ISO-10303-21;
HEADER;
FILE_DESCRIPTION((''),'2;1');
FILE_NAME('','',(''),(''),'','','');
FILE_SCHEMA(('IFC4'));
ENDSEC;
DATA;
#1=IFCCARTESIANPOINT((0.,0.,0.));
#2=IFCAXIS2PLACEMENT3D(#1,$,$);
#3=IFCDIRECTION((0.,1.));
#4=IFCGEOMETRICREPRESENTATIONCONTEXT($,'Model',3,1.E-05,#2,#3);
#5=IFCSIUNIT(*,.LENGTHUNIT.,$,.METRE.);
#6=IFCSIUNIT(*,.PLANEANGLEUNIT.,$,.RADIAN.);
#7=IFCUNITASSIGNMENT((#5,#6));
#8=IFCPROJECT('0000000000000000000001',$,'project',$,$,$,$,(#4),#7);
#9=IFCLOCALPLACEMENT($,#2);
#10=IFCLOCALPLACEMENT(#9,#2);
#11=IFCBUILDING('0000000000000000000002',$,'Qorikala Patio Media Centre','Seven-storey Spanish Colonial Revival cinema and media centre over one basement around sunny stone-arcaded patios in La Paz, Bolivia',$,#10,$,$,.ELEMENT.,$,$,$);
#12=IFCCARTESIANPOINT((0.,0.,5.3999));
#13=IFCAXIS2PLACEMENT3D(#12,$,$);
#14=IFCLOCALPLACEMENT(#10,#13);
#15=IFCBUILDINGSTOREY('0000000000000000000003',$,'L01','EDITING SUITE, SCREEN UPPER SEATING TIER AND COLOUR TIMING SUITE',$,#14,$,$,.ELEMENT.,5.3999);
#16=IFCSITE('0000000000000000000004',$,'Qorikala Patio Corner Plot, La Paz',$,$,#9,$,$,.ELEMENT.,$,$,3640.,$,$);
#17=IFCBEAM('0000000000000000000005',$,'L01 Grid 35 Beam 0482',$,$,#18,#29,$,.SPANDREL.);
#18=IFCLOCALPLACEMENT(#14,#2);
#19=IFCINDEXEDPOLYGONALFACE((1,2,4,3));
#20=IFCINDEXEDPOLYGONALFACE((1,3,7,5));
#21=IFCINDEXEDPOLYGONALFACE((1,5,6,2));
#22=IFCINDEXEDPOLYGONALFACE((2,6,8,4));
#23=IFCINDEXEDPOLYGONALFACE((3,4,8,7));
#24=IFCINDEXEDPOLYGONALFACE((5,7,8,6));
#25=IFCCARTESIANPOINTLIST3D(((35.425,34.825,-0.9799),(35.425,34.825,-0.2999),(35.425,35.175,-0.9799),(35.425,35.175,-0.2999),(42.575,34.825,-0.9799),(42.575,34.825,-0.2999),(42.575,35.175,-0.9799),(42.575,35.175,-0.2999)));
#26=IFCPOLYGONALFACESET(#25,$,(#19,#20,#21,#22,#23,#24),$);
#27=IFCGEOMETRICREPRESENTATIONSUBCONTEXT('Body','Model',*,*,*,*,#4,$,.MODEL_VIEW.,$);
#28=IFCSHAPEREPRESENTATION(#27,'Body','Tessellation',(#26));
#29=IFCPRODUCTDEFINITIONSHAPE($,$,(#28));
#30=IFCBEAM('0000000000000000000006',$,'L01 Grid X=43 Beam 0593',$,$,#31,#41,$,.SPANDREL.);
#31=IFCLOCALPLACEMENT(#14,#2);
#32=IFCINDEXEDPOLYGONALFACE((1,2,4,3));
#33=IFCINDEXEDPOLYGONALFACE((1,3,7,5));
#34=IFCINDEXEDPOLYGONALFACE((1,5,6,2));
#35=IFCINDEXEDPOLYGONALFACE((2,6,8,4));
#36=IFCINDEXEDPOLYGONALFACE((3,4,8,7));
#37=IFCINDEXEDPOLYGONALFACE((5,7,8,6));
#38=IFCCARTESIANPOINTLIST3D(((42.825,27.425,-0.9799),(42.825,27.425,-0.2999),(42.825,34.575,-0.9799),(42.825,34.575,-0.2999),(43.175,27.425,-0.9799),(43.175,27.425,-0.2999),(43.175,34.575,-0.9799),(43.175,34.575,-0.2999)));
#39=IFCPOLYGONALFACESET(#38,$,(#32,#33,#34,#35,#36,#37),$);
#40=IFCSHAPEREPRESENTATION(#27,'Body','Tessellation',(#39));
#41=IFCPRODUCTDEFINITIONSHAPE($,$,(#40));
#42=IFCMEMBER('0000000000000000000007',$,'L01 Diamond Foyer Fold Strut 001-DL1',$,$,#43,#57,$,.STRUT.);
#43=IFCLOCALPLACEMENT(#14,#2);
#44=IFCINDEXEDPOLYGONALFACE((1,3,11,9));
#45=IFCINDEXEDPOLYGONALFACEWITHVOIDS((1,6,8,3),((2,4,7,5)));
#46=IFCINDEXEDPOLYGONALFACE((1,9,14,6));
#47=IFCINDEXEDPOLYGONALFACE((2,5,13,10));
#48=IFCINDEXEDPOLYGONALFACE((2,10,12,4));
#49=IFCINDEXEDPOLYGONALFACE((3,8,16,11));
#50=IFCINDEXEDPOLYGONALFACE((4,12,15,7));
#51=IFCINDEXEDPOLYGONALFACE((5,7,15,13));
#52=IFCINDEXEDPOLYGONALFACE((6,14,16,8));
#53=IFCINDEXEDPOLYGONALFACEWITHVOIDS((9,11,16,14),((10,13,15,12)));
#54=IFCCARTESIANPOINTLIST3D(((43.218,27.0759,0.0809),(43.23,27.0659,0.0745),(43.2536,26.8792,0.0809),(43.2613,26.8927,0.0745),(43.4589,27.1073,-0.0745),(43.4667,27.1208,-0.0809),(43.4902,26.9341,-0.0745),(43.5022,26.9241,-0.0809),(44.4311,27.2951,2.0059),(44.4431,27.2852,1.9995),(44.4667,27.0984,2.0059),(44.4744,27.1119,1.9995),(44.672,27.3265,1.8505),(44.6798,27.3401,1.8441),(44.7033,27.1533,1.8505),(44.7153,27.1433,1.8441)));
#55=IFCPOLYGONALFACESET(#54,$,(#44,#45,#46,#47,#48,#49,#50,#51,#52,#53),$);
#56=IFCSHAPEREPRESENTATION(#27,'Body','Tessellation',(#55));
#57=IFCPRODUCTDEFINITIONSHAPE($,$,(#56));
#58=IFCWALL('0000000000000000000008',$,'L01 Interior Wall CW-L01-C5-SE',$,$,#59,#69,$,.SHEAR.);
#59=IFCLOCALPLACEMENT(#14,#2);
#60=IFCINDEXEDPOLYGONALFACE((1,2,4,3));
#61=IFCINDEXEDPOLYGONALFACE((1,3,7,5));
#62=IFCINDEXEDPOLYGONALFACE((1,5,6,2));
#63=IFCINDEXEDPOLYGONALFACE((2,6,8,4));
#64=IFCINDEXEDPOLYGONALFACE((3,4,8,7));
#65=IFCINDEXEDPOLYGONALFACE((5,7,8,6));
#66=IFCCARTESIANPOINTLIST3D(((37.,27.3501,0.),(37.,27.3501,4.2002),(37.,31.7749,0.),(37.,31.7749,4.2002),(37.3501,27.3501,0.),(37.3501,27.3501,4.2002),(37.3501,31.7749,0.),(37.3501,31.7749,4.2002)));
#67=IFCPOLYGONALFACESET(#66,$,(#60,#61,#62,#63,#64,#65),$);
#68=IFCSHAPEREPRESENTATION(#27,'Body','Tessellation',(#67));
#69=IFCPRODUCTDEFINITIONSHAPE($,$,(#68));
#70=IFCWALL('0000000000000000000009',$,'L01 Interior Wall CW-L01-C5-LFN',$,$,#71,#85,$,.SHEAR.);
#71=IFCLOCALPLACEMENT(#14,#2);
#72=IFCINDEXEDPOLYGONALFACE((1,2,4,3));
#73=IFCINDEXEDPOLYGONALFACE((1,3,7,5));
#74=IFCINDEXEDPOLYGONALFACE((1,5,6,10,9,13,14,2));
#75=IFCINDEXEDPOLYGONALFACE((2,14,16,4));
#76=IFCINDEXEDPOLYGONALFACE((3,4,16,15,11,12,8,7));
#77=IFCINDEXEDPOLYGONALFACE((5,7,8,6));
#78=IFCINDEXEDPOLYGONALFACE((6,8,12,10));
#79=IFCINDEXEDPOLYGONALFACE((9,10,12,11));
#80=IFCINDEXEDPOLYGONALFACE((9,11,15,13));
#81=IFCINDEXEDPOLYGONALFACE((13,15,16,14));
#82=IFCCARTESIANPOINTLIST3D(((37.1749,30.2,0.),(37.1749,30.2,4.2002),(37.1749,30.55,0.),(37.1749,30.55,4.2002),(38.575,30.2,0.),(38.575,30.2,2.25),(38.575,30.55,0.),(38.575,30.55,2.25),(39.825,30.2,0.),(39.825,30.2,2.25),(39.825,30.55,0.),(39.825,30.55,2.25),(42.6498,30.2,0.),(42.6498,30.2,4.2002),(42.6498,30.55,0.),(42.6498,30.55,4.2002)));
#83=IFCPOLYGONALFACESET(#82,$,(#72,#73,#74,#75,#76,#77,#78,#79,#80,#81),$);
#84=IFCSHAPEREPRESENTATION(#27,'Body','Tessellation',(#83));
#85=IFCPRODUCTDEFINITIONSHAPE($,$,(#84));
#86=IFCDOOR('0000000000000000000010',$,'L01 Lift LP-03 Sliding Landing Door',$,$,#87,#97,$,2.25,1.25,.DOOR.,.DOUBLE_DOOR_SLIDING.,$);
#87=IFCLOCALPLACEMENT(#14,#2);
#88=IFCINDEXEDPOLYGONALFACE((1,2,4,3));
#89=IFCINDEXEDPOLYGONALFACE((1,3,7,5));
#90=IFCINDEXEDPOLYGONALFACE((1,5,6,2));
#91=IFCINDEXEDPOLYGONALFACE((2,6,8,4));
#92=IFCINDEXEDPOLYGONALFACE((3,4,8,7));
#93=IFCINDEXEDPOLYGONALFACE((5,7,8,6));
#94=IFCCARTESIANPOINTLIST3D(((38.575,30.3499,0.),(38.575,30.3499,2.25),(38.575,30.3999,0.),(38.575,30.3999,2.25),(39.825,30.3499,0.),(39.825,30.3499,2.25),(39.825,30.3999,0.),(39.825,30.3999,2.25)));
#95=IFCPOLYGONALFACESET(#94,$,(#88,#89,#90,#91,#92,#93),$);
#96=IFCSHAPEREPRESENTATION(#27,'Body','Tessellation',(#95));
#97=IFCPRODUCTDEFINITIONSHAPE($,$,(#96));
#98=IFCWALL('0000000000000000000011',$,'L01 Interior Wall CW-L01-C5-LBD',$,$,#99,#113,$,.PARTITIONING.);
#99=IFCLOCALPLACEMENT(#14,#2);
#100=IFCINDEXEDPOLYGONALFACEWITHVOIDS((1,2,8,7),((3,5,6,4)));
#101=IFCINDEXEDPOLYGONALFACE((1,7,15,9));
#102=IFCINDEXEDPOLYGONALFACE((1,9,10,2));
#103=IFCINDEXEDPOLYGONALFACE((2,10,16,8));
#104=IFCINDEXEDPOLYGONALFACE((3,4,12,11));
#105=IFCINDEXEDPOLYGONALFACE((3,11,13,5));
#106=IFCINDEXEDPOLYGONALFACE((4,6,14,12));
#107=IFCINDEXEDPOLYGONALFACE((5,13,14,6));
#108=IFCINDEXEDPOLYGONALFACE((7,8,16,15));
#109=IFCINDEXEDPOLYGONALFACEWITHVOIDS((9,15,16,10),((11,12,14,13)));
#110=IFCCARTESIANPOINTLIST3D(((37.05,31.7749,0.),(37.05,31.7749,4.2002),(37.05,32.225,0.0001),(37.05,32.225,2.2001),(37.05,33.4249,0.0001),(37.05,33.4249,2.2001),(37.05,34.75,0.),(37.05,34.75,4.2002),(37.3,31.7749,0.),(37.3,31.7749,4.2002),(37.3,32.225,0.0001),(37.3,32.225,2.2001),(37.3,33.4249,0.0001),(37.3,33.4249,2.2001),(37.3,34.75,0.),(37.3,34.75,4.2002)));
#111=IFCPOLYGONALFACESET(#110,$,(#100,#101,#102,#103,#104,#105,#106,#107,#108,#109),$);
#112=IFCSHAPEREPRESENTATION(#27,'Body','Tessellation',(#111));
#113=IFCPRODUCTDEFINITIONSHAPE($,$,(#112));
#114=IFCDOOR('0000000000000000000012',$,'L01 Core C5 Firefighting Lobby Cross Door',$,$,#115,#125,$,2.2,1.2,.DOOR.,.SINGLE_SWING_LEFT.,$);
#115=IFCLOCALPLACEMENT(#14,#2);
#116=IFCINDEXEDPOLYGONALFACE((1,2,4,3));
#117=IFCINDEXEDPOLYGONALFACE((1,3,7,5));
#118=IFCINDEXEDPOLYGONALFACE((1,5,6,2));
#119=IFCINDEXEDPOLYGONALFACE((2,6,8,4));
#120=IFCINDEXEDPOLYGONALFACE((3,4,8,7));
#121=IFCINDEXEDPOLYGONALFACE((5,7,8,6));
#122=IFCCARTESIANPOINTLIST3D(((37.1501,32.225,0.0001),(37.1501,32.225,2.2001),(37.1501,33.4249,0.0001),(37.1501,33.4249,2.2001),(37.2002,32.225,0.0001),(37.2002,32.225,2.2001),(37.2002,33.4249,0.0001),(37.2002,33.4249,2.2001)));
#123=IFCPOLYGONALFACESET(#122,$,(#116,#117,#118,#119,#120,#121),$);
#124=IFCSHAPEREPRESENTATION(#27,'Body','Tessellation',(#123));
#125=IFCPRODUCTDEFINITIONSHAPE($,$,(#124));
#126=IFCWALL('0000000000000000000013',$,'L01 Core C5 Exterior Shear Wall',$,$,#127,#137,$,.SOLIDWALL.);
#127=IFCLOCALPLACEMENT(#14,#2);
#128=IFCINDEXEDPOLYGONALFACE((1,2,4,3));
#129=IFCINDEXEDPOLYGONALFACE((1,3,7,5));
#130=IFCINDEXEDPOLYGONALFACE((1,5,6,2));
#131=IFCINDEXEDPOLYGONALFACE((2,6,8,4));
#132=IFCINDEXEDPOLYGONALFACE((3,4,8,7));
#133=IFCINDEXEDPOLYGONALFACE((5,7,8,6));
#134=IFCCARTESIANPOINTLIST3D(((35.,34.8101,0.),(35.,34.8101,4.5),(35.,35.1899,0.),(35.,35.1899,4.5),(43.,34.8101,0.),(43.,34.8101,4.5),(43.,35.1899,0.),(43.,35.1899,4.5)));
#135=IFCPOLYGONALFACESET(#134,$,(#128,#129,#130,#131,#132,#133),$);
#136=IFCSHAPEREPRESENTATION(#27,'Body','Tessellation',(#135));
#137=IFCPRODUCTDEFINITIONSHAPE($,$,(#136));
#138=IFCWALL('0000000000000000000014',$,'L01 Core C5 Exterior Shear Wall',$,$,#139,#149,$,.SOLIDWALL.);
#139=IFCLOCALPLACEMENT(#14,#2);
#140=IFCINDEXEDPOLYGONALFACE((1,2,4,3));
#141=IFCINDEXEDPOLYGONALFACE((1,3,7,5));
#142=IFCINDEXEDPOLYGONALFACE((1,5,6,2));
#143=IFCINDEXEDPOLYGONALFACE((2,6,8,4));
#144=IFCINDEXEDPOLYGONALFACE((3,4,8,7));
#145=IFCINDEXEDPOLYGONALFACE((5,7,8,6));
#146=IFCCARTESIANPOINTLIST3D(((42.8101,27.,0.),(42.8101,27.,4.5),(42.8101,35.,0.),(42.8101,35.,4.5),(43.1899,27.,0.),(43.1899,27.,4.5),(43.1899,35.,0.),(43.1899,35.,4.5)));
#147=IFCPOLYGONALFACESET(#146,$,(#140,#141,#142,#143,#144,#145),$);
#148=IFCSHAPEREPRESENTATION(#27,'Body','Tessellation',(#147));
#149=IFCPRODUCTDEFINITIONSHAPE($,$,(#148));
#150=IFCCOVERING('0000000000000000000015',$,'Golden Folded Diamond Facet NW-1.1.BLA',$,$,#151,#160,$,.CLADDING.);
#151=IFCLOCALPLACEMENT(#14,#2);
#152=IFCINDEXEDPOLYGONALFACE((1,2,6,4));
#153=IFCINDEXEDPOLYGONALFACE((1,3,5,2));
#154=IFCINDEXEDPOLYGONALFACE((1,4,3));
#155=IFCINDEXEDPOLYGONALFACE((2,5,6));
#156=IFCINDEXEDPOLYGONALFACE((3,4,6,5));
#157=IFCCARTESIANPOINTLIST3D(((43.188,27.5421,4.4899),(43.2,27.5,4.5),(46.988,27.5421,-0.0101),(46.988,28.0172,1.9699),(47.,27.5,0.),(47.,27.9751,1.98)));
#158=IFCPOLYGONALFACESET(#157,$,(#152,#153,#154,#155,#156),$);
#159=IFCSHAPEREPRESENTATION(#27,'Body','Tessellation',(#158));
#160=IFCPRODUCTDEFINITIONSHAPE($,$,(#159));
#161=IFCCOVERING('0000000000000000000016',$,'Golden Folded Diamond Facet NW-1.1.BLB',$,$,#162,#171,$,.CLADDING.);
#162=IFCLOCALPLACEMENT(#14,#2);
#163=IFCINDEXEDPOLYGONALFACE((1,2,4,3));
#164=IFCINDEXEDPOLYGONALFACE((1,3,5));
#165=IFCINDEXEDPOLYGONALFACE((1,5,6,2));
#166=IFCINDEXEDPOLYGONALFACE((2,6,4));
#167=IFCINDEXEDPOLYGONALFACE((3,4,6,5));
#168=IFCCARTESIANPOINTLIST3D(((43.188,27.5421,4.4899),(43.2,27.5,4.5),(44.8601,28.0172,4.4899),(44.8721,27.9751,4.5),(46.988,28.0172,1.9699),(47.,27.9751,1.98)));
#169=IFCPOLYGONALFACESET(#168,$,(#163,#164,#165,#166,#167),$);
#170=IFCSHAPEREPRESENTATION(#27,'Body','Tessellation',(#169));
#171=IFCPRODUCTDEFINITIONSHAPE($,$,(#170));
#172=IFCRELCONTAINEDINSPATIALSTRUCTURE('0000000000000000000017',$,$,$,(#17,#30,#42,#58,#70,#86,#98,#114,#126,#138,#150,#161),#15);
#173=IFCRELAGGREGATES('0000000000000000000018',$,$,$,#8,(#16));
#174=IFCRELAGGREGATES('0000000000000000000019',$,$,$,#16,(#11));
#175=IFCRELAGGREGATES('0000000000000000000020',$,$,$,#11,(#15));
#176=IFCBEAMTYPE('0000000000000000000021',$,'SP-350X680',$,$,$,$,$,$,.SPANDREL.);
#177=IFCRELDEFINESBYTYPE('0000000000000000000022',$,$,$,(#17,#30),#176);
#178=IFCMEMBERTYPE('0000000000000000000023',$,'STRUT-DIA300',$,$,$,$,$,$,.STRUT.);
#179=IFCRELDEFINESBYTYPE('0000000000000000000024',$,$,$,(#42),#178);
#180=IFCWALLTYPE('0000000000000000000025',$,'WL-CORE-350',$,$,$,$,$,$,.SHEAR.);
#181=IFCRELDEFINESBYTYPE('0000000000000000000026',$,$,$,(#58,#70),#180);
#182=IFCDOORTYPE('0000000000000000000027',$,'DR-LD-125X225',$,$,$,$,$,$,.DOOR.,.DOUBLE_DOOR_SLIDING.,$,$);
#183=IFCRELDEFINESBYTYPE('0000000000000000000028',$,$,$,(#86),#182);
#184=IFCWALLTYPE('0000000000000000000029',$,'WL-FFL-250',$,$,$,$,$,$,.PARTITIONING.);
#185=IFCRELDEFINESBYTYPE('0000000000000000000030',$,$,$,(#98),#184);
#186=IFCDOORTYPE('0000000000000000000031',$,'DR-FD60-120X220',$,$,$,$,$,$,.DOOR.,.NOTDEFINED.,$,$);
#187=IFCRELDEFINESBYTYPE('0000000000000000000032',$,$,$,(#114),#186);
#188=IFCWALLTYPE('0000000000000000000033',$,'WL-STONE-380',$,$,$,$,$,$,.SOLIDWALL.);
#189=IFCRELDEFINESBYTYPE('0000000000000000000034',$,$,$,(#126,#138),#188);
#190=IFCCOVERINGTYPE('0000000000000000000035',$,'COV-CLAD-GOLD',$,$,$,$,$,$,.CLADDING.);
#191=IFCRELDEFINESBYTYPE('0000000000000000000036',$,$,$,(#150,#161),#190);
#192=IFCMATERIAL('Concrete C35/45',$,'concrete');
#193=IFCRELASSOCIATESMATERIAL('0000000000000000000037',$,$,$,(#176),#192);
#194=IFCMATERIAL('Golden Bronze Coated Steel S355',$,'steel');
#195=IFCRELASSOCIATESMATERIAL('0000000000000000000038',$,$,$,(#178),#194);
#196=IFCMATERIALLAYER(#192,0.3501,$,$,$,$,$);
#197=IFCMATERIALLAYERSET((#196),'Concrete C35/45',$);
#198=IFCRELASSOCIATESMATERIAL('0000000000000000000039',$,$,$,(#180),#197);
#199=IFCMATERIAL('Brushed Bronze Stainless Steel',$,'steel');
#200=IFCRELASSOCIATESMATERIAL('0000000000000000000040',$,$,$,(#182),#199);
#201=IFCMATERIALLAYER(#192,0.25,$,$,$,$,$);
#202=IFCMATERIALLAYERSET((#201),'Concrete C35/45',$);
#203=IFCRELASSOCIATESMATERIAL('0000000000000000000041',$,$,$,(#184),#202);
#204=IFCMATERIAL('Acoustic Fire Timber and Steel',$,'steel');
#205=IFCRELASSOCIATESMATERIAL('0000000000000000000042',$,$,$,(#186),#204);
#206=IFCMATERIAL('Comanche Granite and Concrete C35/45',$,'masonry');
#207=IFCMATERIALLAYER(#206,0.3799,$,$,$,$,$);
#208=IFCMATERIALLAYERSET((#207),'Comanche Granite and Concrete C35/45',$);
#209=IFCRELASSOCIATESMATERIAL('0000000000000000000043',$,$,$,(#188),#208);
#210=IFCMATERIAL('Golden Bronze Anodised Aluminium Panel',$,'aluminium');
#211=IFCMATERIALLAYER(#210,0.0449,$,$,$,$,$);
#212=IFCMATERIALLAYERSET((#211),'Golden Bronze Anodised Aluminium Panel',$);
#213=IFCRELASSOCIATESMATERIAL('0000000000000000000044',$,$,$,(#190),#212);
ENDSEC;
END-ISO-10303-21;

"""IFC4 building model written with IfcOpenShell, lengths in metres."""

from ifc_helpers import new_model, si_unit, direction, frame, frame_2d, origin, origin_2d, place, context, subcontext, project, spatial, polyline, rectangle, hollow_rectangle, outline, extrude, material, layer, layer_set, material_profile, profile_set, type_object, element, fill, save


model = new_model("IFC4")

# Units and contexts
model_context = context("Model", 3, precision=1e-05, world=origin(), true_north=direction((0.0, 1.0)))
body_context = subcontext(model_context, "Body", "Model", "MODEL_VIEW")
ifc_project = project(units=[si_unit("LENGTHUNIT", "METRE"), si_unit("PLANEANGLEUNIT", "RADIAN")], contexts=[model_context])

# Site, building, storey
site_placement = place(None, origin())
site = spatial("IfcSite", under=ifc_project, at=site_placement, Name="Qorikala Patio Corner Plot, La Paz", CompositionType="ELEMENT", RefElevation=3640.0)
building_placement = place(site_placement, origin())
building = spatial("IfcBuilding", under=site, at=building_placement, Name="Qorikala Patio Media Centre", Description="Seven-storey Spanish Colonial Revival cinema and media centre over one basement around sunny stone-arcaded patios in La Paz, Bolivia", CompositionType="ELEMENT")
storey_placement = place(building_placement, frame((0.0, 0.0, 5.3999)))
storey = spatial("IfcBuildingStorey", under=building, at=storey_placement, Name="L01", Description="EDITING SUITE, SCREEN UPPER SEATING TIER AND COLOUR TIMING SUITE", CompositionType="ELEMENT", Elevation=5.3999)

# Shared definitions
ifc_material_1 = material(Name="Concrete C35/45", Category="concrete")

# Shared definitions
ifc_material_2 = material(Name="Golden Bronze Coated Steel S355", Category="steel")

# Beams
ifc_material_profile_1 = material_profile(ifc_material_1, rectangle(XDim=0.3501, YDim=0.6799, at=origin_2d()), Name="RC 350x680")
ifc_profile_set_1 = profile_set([ifc_material_profile_1], Name="Concrete C35/45")
beam_type_1 = type_object("IfcBeamType", Name="SP-350X680", PredefinedType="SPANDREL", material=ifc_profile_set_1)
for number, where, z_axis, x_axis, name in (
    (1, (35.425, 35.0, -0.6399), (1.0, 0.0, 0.0), (0.0, 1.0, 0.0), "L01 Grid 35 Beam 0482"),
    (2, (43.0, 27.425, -0.6399), (0.0, 1.0, 0.0), (-1.0, 0.0, 0.0), "L01 Grid X=43 Beam 0593"),
):
    element("IfcBeam", number, at=place(storey_placement, frame(where, z_axis=z_axis, x_axis=x_axis)), inside=storey, type_object=beam_type_1, Name=name, PredefinedType="SPANDREL", context=body_context, shape_type="SweptSolid", body=[
        extrude(rectangle(XDim=0.3501, YDim=0.6799, at=origin_2d()), origin(), (0.0, 0.0, 1.0), 7.1499),
    ])

# Member
ifc_material_profile_2 = material_profile(ifc_material_2, hollow_rectangle(XDim=0.2, YDim=0.3, WallThickness=0.012, at=origin_2d()), Name="HSS300X200X12")
ifc_profile_set_2 = profile_set([ifc_material_profile_2], Name="Golden Bronze Coated Steel S355")
member_type_1 = type_object("IfcMemberType", Name="STRUT-DIA300", PredefinedType="STRUT", material=ifc_profile_set_2)
member_1_placement = place(storey_placement, frame((43.3601, 27.0, 0.0), z_axis=(0.530691, 0.095907, 0.842121), x_axis=(-0.17784, 0.984059, 0.0)))
element("IfcMember", 3, at=member_1_placement, inside=storey, type_object=member_type_1, Name="L01 Diamond Foyer Fold Strut 001-DL1", PredefinedType="STRUT", context=body_context, shape_type="SweptSolid", body=[
    extrude(hollow_rectangle(XDim=0.2, YDim=0.3, WallThickness=0.012, at=origin_2d()), origin(), (0.0, 0.0, 1.0), 2.2859),
])

# Wall
ifc_layer_1 = layer(ifc_material_1, 0.3501)
ifc_layer_set_1 = layer_set([ifc_layer_1], Name="Concrete C35/45")
wall_type_1 = type_object("IfcWallType", Name="WL-CORE-350", PredefinedType="SHEAR", material=ifc_layer_set_1)
wall_1_placement = place(storey_placement, frame((37.175, 27.3501, 0.0), z_axis=(0.0, 0.0, 1.0), x_axis=(0.0, 1.0, 0.0)))
element("IfcWall", 4, at=wall_1_placement, inside=storey, type_object=wall_type_1, Name="L01 Interior Wall CW-L01-C5-SE", PredefinedType="SHEAR", context=body_context, shape_type="SweptSolid", body=[
    extrude(rectangle(XDim=4.4248, YDim=0.3501, at=frame_2d((2.2124, 0.0))), origin(), (0.0, 0.0, 1.0), 4.2002),
])

# Walls, openings, doors
wall_2_placement = place(storey_placement, frame((37.175, 30.375, 0.0), z_axis=(0.0, 0.0, 1.0), x_axis=(1.0, 0.0, 0.0)))
wall_2 = element("IfcWall", 5, at=wall_2_placement, inside=storey, type_object=wall_type_1, Name="L01 Interior Wall CW-L01-C5-LFN", PredefinedType="SHEAR", context=body_context, shape_type="SweptSolid", body=[
    extrude(rectangle(XDim=5.4749, YDim=0.3501, at=frame_2d((2.7373, 0.0))), origin(), (0.0, 0.0, 1.0), 4.2002),
])
opening_1_placement = place(wall_2_placement, frame((1.3999, 0.0, 0.0)))
opening_1 = element("IfcOpeningElement", 6, at=opening_1_placement, cuts=wall_2, PredefinedType="OPENING", context=body_context, shape_type="SweptSolid", body=[
    extrude(rectangle(XDim=1.25, YDim=2.25, at=frame_2d((0.625, 1.125))), frame((0.0, 0.1851, 0.0), z_axis=(0.0, -1.0, 0.0), x_axis=(1.0, 0.0, 0.0)), (0.0, 0.0, 1.0), 0.3701),
])
ifc_material_3 = material(Name="Brushed Bronze Stainless Steel", Category="steel")
door_type_1 = type_object("IfcDoorType", Name="DR-LD-125X225", OperationType="DOUBLE_DOOR_SLIDING", PredefinedType="DOOR", material=ifc_material_3)
door_1_placement = place(opening_1_placement, origin())
door_1 = element("IfcDoor", 7, at=door_1_placement, inside=storey, type_object=door_type_1, Name="L01 Lift LP-03 Sliding Landing Door", OperationType="DOUBLE_DOOR_SLIDING", OverallHeight=2.25, OverallWidth=1.25, PredefinedType="DOOR", context=body_context, shape_type="SweptSolid", body=[
    extrude(rectangle(XDim=1.25, YDim=2.25, at=frame_2d((0.625, 1.125))), frame((0.0, 0.0249, 0.0), z_axis=(0.0, -1.0, 0.0), x_axis=(1.0, 0.0, 0.0)), (0.0, 0.0, 1.0), 0.05),
])
fill(opening_1, door_1)
ifc_layer_2 = layer(ifc_material_1, 0.25)
ifc_layer_set_2 = layer_set([ifc_layer_2], Name="Concrete C35/45")
wall_type_2 = type_object("IfcWallType", Name="WL-FFL-250", PredefinedType="PARTITIONING", material=ifc_layer_set_2)
wall_3_placement = place(storey_placement, frame((37.175, 31.7749, 0.0), z_axis=(0.0, 0.0, 1.0), x_axis=(0.0, 1.0, 0.0)))
wall_3 = element("IfcWall", 8, at=wall_3_placement, inside=storey, type_object=wall_type_2, Name="L01 Interior Wall CW-L01-C5-LBD", PredefinedType="PARTITIONING", context=body_context, shape_type="SweptSolid", body=[
    extrude(rectangle(XDim=2.9751, YDim=0.25, at=frame_2d((1.4875, 0.0))), origin(), (0.0, 0.0, 1.0), 4.2002),
])
opening_2_placement = place(wall_3_placement, frame((0.45, 0.0, 0.0)))
opening_2 = element("IfcOpeningElement", 9, at=opening_2_placement, cuts=wall_3, PredefinedType="OPENING", context=body_context, shape_type="SweptSolid", body=[
    extrude(rectangle(XDim=1.2, YDim=2.2, at=frame_2d((0.6001, 1.1001))), frame((0.0, 0.135, 0.0), z_axis=(0.0, -1.0, 0.0), x_axis=(1.0, 0.0, 0.0)), (0.0, 0.0, 1.0), 0.27),
])
ifc_material_4 = material(Name="Acoustic Fire Timber and Steel", Category="steel")
door_type_2 = type_object("IfcDoorType", Name="DR-FD60-120X220", OperationType="NOTDEFINED", PredefinedType="DOOR", material=ifc_material_4)
door_2_placement = place(opening_2_placement, origin())
door_2 = element("IfcDoor", 10, at=door_2_placement, inside=storey, type_object=door_type_2, Name="L01 Core C5 Firefighting Lobby Cross Door", OperationType="SINGLE_SWING_LEFT", OverallHeight=2.2, OverallWidth=1.2, PredefinedType="DOOR", context=body_context, shape_type="SweptSolid", body=[
    extrude(rectangle(XDim=1.2, YDim=2.2, at=frame_2d((0.6001, 1.1001))), frame((0.0, 0.0249, 0.0), z_axis=(0.0, -1.0, 0.0), x_axis=(1.0, 0.0, 0.0)), (0.0, 0.0, 1.0), 0.05),
])
fill(opening_2, door_2)

# Walls
ifc_material_5 = material(Name="Comanche Granite and Concrete C35/45", Category="masonry")
ifc_layer_3 = layer(ifc_material_5, 0.3799)
ifc_layer_set_3 = layer_set([ifc_layer_3], Name="Comanche Granite and Concrete C35/45")
wall_type_3 = type_object("IfcWallType", Name="WL-STONE-380", PredefinedType="SOLIDWALL", material=ifc_layer_set_3)
for number, where, z_axis, x_axis, name in (
    (11, (35.0, 35.0, 0.0), (0.0, 0.0, 1.0), (1.0, 0.0, 0.0), "L01 Core C5 Exterior Shear Wall"),
    (12, (43.0, 35.0, 0.0), (0.0, 0.0, 1.0), (0.0, -1.0, 0.0), "L01 Core C5 Exterior Shear Wall"),
):
    element("IfcWall", number, at=place(storey_placement, frame(where, z_axis=z_axis, x_axis=x_axis)), inside=storey, type_object=wall_type_3, Name=name, PredefinedType="SOLIDWALL", context=body_context, shape_type="SweptSolid", body=[
        extrude(rectangle(XDim=8.0, YDim=0.3799, at=frame_2d((4.0, 0.0))), origin(), (0.0, 0.0, 1.0), 4.5),
    ])

# Coverings
ifc_material_6 = material(Name="Golden Bronze Anodised Aluminium Panel", Category="aluminium")
ifc_layer_4 = layer(ifc_material_6, 0.0449)
ifc_layer_set_4 = layer_set([ifc_layer_4], Name="Golden Bronze Anodised Aluminium Panel")
covering_type = type_object("IfcCoveringType", Name="COV-CLAD-GOLD", PredefinedType="CLADDING", material=ifc_layer_set_4)
covering_1_placement = place(storey_placement, frame((43.2, 27.5, 4.5), z_axis=(0.266326, -0.937278, 0.224901), x_axis=(0.645186, 0.0, -0.764026)))
element("IfcCovering", 13, at=covering_1_placement, inside=storey, type_object=covering_type, Name="Golden Folded Diamond Facet NW-1.1.BLA", PredefinedType="CLADDING", context=body_context, shape_type="SweptSolid", body=[
    extrude(outline(polyline([(0.0, 0.0), (5.8899, 0.0), (4.3771, 1.3629), (0.0, 0.0)])), origin(), (0.0, 0.0, -1.0), 0.0449),
])
covering_2_placement = place(storey_placement, frame((43.2, 27.5, 4.5), z_axis=(0.266311, -0.937288, 0.224876), x_axis=(0.828911, 0.103634, -0.549696)))
element("IfcCovering", 14, at=covering_2_placement, inside=storey, type_object=covering_type, Name="Golden Folded Diamond Facet NW-1.1.BLB", PredefinedType="CLADDING", context=body_context, shape_type="SweptSolid", body=[
    extrude(outline(polyline([(0.0, 0.0), (4.5844, 0.0), (1.4353, 0.9807), (0.0, 0.0)])), origin(), (0.0, 0.0, -1.0), 0.0449),
])

save(model, "model.ifc")
